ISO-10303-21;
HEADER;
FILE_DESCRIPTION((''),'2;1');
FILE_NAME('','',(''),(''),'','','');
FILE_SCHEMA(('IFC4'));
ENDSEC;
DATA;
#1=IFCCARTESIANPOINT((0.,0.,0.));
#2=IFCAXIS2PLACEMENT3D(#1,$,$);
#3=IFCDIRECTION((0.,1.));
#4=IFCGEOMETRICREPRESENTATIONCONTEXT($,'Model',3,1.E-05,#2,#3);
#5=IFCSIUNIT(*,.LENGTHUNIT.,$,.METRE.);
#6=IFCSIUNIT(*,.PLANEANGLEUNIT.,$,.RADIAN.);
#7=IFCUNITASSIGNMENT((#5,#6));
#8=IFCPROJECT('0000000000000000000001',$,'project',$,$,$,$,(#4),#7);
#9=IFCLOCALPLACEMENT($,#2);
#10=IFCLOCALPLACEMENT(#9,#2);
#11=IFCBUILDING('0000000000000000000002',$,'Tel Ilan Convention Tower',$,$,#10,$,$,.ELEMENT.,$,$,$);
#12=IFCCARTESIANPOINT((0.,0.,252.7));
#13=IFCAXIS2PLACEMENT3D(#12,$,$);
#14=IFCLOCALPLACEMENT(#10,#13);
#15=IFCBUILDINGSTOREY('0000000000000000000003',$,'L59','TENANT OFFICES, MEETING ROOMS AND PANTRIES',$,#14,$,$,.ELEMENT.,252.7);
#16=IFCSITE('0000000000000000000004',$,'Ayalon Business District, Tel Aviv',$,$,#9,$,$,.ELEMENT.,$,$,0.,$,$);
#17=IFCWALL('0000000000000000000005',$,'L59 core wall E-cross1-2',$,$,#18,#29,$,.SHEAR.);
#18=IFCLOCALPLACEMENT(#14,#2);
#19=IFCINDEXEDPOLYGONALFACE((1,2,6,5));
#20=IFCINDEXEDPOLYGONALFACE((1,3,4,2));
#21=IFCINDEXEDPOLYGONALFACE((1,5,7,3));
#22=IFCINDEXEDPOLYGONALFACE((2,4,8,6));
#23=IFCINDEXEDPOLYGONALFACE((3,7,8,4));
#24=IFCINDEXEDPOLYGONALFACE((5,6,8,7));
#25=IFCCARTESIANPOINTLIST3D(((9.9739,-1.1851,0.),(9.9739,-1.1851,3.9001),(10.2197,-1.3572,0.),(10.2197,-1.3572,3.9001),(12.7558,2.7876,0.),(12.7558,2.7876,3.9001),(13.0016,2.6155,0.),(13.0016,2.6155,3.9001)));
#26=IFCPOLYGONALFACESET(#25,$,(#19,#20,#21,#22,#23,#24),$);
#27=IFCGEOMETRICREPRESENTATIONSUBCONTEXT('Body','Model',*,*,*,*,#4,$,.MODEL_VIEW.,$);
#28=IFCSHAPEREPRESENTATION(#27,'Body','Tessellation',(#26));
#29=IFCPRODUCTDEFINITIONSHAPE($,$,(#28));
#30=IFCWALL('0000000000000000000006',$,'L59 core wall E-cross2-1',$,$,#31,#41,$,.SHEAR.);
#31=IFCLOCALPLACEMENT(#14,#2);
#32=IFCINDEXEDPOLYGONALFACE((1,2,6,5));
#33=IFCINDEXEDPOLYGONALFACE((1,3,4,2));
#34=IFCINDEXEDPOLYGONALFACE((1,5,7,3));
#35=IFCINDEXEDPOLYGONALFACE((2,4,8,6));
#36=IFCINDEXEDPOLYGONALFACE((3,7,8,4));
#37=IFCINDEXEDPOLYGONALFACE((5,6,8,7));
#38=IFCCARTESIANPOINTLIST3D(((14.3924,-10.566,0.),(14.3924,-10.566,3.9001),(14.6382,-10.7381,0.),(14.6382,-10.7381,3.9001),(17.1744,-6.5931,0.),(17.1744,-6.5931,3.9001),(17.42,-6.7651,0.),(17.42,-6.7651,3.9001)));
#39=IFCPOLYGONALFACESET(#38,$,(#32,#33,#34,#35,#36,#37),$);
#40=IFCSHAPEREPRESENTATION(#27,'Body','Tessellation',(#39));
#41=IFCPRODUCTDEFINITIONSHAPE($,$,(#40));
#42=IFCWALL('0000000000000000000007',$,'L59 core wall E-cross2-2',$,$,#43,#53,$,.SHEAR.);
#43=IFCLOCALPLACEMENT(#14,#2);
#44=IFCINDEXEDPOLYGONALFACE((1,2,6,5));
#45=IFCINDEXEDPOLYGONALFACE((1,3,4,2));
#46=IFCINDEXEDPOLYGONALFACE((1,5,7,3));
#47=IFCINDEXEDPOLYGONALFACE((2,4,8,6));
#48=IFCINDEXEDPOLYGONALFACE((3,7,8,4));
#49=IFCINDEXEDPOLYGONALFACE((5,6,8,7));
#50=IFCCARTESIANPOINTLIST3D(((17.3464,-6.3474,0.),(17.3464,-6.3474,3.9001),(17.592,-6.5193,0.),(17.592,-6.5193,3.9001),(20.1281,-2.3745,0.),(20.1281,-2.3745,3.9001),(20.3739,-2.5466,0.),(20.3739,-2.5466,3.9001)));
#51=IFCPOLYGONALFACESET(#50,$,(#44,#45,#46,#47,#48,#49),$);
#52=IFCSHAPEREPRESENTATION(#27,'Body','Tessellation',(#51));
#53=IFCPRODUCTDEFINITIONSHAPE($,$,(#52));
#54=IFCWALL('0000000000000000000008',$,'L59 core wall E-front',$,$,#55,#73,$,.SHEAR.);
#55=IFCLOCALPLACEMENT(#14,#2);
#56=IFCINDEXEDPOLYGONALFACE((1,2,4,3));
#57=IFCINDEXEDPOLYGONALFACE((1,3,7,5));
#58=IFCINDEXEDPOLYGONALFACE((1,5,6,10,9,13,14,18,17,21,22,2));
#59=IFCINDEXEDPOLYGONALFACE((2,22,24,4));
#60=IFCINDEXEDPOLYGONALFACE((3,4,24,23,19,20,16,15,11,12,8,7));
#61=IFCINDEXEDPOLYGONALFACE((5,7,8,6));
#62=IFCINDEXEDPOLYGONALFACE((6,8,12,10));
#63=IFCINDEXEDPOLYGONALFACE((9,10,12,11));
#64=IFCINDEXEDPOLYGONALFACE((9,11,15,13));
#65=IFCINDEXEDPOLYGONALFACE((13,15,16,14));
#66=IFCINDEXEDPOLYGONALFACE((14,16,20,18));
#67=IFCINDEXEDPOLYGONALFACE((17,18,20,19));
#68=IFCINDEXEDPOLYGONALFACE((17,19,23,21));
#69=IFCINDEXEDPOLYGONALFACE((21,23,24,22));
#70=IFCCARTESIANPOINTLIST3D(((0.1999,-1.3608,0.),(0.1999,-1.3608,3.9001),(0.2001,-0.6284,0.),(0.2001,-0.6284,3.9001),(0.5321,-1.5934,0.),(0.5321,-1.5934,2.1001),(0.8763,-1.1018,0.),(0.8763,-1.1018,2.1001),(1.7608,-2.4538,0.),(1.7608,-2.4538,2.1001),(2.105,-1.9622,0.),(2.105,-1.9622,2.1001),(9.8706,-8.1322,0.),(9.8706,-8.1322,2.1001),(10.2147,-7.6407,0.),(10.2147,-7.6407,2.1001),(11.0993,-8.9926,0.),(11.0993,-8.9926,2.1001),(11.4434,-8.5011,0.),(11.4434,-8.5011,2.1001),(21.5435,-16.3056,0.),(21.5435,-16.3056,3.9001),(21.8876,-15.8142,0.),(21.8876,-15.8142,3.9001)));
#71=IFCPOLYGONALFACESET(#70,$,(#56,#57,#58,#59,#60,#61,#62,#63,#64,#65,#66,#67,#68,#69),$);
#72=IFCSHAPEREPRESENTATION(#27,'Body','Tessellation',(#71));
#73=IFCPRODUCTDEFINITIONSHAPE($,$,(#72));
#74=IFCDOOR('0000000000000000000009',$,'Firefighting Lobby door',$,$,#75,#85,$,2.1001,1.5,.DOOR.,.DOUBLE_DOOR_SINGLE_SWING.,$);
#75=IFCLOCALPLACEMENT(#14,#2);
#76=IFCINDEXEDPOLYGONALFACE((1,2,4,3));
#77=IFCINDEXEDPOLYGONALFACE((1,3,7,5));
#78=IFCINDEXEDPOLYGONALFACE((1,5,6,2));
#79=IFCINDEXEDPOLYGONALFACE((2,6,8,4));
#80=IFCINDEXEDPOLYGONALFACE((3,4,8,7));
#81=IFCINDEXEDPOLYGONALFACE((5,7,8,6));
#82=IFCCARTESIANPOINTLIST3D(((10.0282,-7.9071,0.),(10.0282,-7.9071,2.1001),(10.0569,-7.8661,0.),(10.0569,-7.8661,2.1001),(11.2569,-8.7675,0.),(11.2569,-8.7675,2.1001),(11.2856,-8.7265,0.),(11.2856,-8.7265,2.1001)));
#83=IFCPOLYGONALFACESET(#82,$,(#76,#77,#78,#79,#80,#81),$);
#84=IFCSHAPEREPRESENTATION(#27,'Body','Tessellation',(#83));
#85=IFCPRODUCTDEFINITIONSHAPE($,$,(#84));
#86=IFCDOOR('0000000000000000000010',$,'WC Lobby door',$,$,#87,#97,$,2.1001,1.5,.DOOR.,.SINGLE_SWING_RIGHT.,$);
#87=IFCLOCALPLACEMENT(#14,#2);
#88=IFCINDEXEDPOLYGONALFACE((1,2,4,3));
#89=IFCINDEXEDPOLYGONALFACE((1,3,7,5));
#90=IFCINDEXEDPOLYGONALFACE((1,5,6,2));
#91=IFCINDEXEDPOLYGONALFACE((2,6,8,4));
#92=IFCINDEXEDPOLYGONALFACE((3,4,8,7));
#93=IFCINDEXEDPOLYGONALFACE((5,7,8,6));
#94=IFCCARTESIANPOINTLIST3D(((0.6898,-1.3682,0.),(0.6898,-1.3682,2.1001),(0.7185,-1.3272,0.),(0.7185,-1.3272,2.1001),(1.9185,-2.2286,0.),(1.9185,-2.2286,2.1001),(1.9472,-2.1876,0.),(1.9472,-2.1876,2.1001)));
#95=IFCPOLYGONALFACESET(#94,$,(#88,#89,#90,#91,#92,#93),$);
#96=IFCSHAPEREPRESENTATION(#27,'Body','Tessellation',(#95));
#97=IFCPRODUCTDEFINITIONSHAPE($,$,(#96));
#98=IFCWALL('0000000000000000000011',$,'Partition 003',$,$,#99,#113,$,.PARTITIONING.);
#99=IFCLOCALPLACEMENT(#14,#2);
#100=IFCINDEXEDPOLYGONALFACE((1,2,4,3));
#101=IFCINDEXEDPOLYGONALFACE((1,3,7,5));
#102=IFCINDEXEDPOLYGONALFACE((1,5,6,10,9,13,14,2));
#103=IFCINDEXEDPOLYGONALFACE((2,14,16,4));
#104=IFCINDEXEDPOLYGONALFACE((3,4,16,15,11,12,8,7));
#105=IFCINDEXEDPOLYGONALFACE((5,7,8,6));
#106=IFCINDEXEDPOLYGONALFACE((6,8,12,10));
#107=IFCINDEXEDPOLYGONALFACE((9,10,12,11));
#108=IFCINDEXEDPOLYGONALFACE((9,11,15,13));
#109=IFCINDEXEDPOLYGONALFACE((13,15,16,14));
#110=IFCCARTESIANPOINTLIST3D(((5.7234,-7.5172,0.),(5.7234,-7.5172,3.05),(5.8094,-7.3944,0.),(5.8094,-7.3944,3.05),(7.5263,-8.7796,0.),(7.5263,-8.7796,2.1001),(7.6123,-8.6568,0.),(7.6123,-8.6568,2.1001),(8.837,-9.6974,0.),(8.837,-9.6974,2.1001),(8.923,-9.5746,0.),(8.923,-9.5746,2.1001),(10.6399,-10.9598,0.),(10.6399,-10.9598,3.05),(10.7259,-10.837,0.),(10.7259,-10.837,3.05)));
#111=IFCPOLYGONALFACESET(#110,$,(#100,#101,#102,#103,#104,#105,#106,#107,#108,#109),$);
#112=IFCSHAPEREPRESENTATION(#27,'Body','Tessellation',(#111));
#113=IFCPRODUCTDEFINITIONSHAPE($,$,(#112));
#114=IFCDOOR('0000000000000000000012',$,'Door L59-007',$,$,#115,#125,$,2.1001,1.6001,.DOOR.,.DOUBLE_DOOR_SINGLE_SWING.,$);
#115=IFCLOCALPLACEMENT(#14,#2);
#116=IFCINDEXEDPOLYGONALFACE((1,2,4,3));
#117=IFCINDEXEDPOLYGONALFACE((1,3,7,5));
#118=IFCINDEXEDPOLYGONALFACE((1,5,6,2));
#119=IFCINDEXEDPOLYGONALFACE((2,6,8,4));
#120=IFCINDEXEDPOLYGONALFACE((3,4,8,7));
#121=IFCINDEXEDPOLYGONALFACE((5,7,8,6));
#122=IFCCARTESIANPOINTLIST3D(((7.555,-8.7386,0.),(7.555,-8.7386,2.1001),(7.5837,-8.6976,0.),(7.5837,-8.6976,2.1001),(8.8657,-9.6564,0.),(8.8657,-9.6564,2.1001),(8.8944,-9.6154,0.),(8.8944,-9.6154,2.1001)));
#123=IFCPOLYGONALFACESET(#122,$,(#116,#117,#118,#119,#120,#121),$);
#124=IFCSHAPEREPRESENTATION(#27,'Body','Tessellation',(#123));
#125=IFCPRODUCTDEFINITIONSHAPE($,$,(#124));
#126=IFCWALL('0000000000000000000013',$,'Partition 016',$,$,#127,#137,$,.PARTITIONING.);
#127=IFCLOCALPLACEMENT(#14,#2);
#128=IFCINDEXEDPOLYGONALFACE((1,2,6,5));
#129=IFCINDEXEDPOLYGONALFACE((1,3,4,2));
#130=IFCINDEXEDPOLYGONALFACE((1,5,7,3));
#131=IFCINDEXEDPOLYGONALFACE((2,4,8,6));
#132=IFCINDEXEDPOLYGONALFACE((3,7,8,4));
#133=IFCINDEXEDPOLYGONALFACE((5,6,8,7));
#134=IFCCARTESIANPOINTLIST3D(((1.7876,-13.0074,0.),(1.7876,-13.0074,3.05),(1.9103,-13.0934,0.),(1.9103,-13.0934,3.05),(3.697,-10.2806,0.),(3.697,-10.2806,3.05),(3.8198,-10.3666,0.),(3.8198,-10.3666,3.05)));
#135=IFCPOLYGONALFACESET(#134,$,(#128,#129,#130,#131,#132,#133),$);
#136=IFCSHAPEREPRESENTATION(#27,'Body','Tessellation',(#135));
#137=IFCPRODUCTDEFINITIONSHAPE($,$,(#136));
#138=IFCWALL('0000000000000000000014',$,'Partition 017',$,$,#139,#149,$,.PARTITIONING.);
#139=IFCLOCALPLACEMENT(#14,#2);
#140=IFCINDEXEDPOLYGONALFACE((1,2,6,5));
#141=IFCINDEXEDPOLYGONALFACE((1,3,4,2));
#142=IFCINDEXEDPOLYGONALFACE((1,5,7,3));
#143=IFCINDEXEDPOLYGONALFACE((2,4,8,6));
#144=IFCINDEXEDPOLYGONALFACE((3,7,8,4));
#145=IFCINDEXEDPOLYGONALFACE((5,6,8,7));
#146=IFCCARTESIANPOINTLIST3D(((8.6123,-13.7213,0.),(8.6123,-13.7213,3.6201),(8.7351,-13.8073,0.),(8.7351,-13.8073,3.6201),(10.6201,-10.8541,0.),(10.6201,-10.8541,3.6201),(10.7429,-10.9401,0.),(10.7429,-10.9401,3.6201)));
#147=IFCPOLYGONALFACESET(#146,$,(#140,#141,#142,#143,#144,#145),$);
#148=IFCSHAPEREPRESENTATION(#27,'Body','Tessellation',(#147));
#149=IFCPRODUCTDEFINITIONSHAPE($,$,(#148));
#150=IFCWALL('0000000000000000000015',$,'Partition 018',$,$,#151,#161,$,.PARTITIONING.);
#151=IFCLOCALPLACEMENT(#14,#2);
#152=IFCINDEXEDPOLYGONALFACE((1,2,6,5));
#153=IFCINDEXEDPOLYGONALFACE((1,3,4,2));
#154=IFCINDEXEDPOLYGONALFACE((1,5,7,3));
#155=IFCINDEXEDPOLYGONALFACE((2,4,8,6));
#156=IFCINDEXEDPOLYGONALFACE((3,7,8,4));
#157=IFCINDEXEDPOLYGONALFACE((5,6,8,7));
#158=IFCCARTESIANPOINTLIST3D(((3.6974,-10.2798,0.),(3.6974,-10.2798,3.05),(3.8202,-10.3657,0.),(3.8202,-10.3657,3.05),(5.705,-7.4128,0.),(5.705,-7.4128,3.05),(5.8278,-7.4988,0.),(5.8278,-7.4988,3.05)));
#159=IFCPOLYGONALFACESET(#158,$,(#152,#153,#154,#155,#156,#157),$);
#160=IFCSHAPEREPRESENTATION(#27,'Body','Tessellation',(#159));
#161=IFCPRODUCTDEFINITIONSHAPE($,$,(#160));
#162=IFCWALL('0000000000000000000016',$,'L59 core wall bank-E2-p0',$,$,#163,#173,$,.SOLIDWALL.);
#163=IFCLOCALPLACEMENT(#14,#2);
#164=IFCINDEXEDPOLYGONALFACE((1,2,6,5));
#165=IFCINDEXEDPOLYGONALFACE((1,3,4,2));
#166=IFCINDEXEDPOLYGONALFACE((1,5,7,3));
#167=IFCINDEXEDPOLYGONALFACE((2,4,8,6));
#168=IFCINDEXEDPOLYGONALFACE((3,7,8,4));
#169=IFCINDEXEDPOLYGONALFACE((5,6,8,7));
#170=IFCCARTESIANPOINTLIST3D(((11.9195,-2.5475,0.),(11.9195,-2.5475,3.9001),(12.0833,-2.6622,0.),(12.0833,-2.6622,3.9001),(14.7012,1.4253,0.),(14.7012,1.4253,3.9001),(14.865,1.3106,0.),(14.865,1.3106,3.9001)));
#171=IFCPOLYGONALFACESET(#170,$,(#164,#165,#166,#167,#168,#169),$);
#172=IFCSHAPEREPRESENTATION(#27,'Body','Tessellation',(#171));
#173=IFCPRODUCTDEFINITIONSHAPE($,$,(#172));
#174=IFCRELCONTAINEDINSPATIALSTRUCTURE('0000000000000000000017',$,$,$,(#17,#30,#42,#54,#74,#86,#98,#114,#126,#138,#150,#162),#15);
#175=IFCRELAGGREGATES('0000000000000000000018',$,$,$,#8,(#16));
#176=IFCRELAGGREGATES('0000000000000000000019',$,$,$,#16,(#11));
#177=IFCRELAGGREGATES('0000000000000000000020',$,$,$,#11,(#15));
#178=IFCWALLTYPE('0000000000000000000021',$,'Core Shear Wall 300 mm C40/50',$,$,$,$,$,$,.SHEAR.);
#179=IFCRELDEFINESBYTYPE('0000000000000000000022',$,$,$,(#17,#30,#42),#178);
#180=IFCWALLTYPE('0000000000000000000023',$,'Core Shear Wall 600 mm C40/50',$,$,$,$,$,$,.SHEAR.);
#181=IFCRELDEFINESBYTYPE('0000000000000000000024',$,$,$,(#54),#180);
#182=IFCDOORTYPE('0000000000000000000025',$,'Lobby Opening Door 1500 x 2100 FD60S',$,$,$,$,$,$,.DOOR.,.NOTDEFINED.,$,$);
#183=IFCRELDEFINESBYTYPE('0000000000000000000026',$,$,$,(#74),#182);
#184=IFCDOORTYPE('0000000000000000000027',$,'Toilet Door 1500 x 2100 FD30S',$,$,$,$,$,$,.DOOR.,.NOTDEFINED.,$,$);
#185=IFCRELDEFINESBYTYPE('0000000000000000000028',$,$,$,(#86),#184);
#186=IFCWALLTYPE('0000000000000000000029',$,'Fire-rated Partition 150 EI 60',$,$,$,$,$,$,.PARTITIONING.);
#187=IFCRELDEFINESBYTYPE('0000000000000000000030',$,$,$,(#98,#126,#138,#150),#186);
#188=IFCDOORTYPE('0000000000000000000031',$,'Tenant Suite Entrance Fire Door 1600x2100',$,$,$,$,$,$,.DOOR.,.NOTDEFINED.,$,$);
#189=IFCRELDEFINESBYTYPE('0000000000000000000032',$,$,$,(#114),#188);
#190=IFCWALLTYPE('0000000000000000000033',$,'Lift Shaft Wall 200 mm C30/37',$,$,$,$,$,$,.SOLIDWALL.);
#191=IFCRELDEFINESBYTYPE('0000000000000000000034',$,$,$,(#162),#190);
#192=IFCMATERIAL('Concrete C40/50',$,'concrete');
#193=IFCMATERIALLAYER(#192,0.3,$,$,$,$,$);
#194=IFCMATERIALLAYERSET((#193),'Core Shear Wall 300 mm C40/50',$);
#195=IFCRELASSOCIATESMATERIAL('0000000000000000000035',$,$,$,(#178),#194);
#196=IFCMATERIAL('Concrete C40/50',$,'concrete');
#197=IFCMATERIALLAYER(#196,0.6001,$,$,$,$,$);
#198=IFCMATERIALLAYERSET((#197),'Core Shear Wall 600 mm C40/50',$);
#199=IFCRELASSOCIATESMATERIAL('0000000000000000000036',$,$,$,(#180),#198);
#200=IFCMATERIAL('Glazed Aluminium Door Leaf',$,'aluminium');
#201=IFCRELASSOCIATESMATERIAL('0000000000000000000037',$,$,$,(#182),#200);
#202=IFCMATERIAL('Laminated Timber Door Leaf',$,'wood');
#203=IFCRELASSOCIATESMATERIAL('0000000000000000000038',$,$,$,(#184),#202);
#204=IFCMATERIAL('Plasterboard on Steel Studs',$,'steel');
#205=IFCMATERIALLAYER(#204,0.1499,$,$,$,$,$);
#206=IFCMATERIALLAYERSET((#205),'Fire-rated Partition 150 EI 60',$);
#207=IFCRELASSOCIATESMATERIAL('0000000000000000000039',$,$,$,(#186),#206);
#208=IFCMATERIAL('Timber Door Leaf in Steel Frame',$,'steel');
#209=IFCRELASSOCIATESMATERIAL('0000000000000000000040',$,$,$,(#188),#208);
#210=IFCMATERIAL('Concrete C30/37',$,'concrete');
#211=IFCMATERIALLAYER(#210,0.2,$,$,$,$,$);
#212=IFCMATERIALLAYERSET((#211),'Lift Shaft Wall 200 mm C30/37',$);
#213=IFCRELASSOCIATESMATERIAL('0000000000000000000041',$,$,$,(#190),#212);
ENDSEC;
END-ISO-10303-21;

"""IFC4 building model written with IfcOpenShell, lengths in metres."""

from ifc_helpers import new_model, si_unit, direction, frame, frame_2d, origin, place, context, subcontext, project, spatial, polyline, rectangle, outline, extrude, material, layer, layer_set, type_object, element, fill, save


model = new_model("IFC4")

# Units and contexts
model_context = context("Model", 3, precision=1e-05, world=origin(), true_north=direction((0.0, 1.0)))
body_context = subcontext(model_context, "Body", "Model", "MODEL_VIEW")
ifc_project = project(units=[si_unit("LENGTHUNIT", "METRE"), si_unit("PLANEANGLEUNIT", "RADIAN")], contexts=[model_context])

# Site, building, storey
site_placement = place(None, origin())
site = spatial("IfcSite", under=ifc_project, at=site_placement, Name="Ayalon Business District, Tel Aviv", CompositionType="ELEMENT", RefElevation=0.0)
building_placement = place(site_placement, origin())
building = spatial("IfcBuilding", under=site, at=building_placement, Name="Tel Ilan Convention Tower", CompositionType="ELEMENT")
storey_placement = place(building_placement, frame((0.0, 0.0, 252.7)))
storey = spatial("IfcBuildingStorey", under=building, at=storey_placement, Name="L59", Description="TENANT OFFICES, MEETING ROOMS AND PANTRIES", CompositionType="ELEMENT", Elevation=252.7)

# Walls
ifc_material_1 = material(Name="Concrete C40/50", Category="concrete")
ifc_layer_1 = layer(ifc_material_1, 0.3)
ifc_layer_set_1 = layer_set([ifc_layer_1], Name="Core Shear Wall 300 mm C40/50")
wall_type_1 = type_object("IfcWallType", Name="Core Shear Wall 300 mm C40/50", PredefinedType="SHEAR", material=ifc_layer_set_1)
wall_1_placement = place(storey_placement, frame((10.0969, -1.2712, 0.0), z_axis=(0.0, 0.0, 1.0), x_axis=(0.57356, 0.819163, 0.0)))
element("IfcWall", 1, at=wall_1_placement, inside=storey, type_object=wall_type_1, Name="L59 core wall E-cross1-2", PredefinedType="SHEAR", context=body_context, shape_type="SweptSolid", body=[
    extrude(outline(polyline([(4.8499, -0.1501), (4.8499, 0.1499), (0.0, 0.1501), (0.0, -0.1499), (4.8499, -0.1501)])), origin(), (0.0, 0.0, 1.0), 3.9001),
])
wall_2_placement = place(storey_placement, frame((14.5154, -10.6521, 0.0), z_axis=(0.0, 0.0, 1.0), x_axis=(0.57356, 0.819163, 0.0)))
element("IfcWall", 2, at=wall_2_placement, inside=storey, type_object=wall_type_1, Name="L59 core wall E-cross2-1", PredefinedType="SHEAR", context=body_context, shape_type="SweptSolid", body=[
    extrude(outline(polyline([(0.0, 0.1501), (0.0, -0.1499), (4.8501, -0.1499), (4.8501, 0.1499), (0.0, 0.1501)])), origin(), (0.0, 0.0, 1.0), 3.9001),
])
wall_3_placement = place(storey_placement, frame((17.4692, -6.4333, 0.0), z_axis=(0.0, 0.0, 1.0), x_axis=(0.573594, 0.81914, 0.0)))
element("IfcWall", 3, at=wall_3_placement, inside=storey, type_object=wall_type_1, Name="L59 core wall E-cross2-2", PredefinedType="SHEAR", context=body_context, shape_type="SweptSolid", body=[
    extrude(outline(polyline([(4.8499, -0.1499), (4.8499, 0.1501), (0.0, 0.1499), (0.0, -0.1499), (4.8499, -0.1499)])), origin(), (0.0, 0.0, 1.0), 3.9001),
])

# Wall, openings, doors
ifc_material_2 = material(Name="Concrete C40/50", Category="concrete")
ifc_layer_2 = layer(ifc_material_2, 0.6001)
ifc_layer_set_2 = layer_set([ifc_layer_2], Name="Core Shear Wall 600 mm C40/50")
wall_type_2 = type_object("IfcWallType", Name="Core Shear Wall 600 mm C40/50", PredefinedType="SHEAR", material=ifc_layer_set_2)
wall_4_placement = place(storey_placement, frame((0.0278, -0.874, 0.0), z_axis=(0.0, 0.0, 1.0), x_axis=(0.81915, -0.573579, 0.0)))
wall_4 = element("IfcWall", 4, at=wall_4_placement, inside=storey, type_object=wall_type_2, Name="L59 core wall E-front", PredefinedType="SHEAR", context=body_context, shape_type="SweptSolid", body=[
    extrude(outline(polyline([(26.4758, 0.3), (0.0002, 0.3), (0.4202, -0.3), (26.4758, -0.2998), (26.4758, 0.3)])), origin(), (0.0, 0.0, 1.0), 3.9001),
])
opening_1_placement = place(wall_4_placement, frame((0.8257, 0.0, 0.0)))
opening_1 = element("IfcOpeningElement", 5, at=opening_1_placement, cuts=wall_4, PredefinedType="OPENING", context=body_context, shape_type="SweptSolid", body=[
    extrude(rectangle(XDim=1.5, YDim=2.1001, at=frame_2d((0.75, 1.05))), frame((0.0, 0.3101, 0.0), z_axis=(0.0, -1.0, 0.0), x_axis=(1.0, 0.0, 0.0)), (0.0, 0.0, 1.0), 0.6201),
])
opening_2_placement = place(wall_4_placement, frame((12.2258, 0.0, 0.0)))
opening_2 = element("IfcOpeningElement", 6, at=opening_2_placement, cuts=wall_4, PredefinedType="OPENING", context=body_context, shape_type="SweptSolid", body=[
    extrude(rectangle(XDim=1.5, YDim=2.1001, at=frame_2d((0.75, 1.05))), frame((0.0, 0.3101, 0.0), z_axis=(0.0, -1.0, 0.0), x_axis=(1.0, 0.0, 0.0)), (0.0, 0.0, 1.0), 0.6201),
])
ifc_material_3 = material(Name="Glazed Aluminium Door Leaf", Category="aluminium")
door_type_1 = type_object("IfcDoorType", Name="Lobby Opening Door 1500 x 2100 FD60S", OperationType="NOTDEFINED", PredefinedType="DOOR", material=ifc_material_3)
door_1_placement = place(opening_2_placement, origin())
door_1 = element("IfcDoor", 7, at=door_1_placement, inside=storey, type_object=door_type_1, Name="Firefighting Lobby door", OperationType="DOUBLE_DOOR_SINGLE_SWING", OverallHeight=2.1001, OverallWidth=1.5, PredefinedType="DOOR", context=body_context, shape_type="SweptSolid", body=[
    extrude(rectangle(XDim=1.5, YDim=2.1001, at=frame_2d((0.75, 1.05))), frame((0.0, 0.0249, 0.0), z_axis=(0.0, -1.0, 0.0), x_axis=(1.0, 0.0, 0.0)), (0.0, 0.0, 1.0), 0.05),
])
fill(opening_2, door_1)
ifc_material_4 = material(Name="Laminated Timber Door Leaf", Category="wood")
door_type_2 = type_object("IfcDoorType", Name="Toilet Door 1500 x 2100 FD30S", OperationType="NOTDEFINED", PredefinedType="DOOR", material=ifc_material_4)
door_2_placement = place(opening_1_placement, origin())
door_2 = element("IfcDoor", 8, at=door_2_placement, inside=storey, type_object=door_type_2, Name="WC Lobby door", OperationType="SINGLE_SWING_RIGHT", OverallHeight=2.1001, OverallWidth=1.5, PredefinedType="DOOR", context=body_context, shape_type="SweptSolid", body=[
    extrude(rectangle(XDim=1.5, YDim=2.1001, at=frame_2d((0.75, 1.05))), frame((0.0, 0.0249, 0.0), z_axis=(0.0, -1.0, 0.0), x_axis=(1.0, 0.0, 0.0)), (0.0, 0.0, 1.0), 0.05),
])
fill(opening_1, door_2)

# Wall, opening, door
ifc_material_5 = material(Name="Plasterboard on Steel Studs", Category="steel")
ifc_layer_3 = layer(ifc_material_5, 0.1499)
ifc_layer_set_3 = layer_set([ifc_layer_3], Name="Fire-rated Partition 150 EI 60")
wall_type_3 = type_object("IfcWallType", Name="Fire-rated Partition 150 EI 60", PredefinedType="PARTITIONING", material=ifc_layer_set_3)
wall_5_placement = place(storey_placement, frame((10.6829, -10.8984, 0.0), z_axis=(0.0, 0.0, 1.0), x_axis=(-0.819148, 0.573582, 0.0)))
wall_5 = element("IfcWall", 9, at=wall_5_placement, inside=storey, type_object=wall_type_3, Name="Partition 003", PredefinedType="PARTITIONING", context=body_context, shape_type="SweptSolid", body=[
    extrude(rectangle(XDim=6.002, YDim=0.1499, at=frame_2d((3.001, 0.0))), origin(), (0.0, 0.0, 1.0), 3.05),
])
opening_3_placement = place(wall_5_placement, frame((2.2009, 0.0, 0.0)))
opening_3 = element("IfcOpeningElement", 10, at=opening_3_placement, cuts=wall_5, PredefinedType="OPENING", context=body_context, shape_type="SweptSolid", body=[
    extrude(rectangle(XDim=1.6001, YDim=2.1001, at=frame_2d((0.8, 1.05))), frame((0.0, 0.085, 0.0), z_axis=(0.0, -1.0, 0.0), x_axis=(1.0, 0.0, 0.0)), (0.0, 0.0, 1.0), 0.1699),
])
ifc_material_6 = material(Name="Timber Door Leaf in Steel Frame", Category="steel")
door_type_3 = type_object("IfcDoorType", Name="Tenant Suite Entrance Fire Door 1600x2100", OperationType="NOTDEFINED", PredefinedType="DOOR", material=ifc_material_6)
door_3_placement = place(opening_3_placement, origin())
door_3 = element("IfcDoor", 11, at=door_3_placement, inside=storey, type_object=door_type_3, Name="Door L59-007", OperationType="DOUBLE_DOOR_SINGLE_SWING", OverallHeight=2.1001, OverallWidth=1.6001, PredefinedType="DOOR", context=body_context, shape_type="SweptSolid", body=[
    extrude(rectangle(XDim=1.6001, YDim=2.1001, at=frame_2d((0.8, 1.05))), frame((0.0, 0.0249, 0.0), z_axis=(0.0, -1.0, 0.0), x_axis=(1.0, 0.0, 0.0)), (0.0, 0.0, 1.0), 0.05),
])
fill(opening_3, door_3)

# Walls
wall_6_placement = place(storey_placement, frame((1.8489, -13.0505, 0.0), z_axis=(0.0, 0.0, 1.0), x_axis=(0.573595, 0.819139, 0.0)))
element("IfcWall", 12, at=wall_6_placement, inside=storey, type_object=wall_type_3, Name="Partition 016", PredefinedType="PARTITIONING", context=body_context, shape_type="SweptSolid", body=[
    extrude(rectangle(XDim=3.3289, YDim=0.1499, at=frame_2d((1.6646, 0.0))), origin(), (0.0, 0.0, 1.0), 3.05),
])
wall_7_placement = place(storey_placement, frame((10.6814, -10.8972, 0.0), z_axis=(0.0, 0.0, 1.0), x_axis=(-0.573612, -0.819127, 0.0)))
element("IfcWall", 13, at=wall_7_placement, inside=storey, type_object=wall_type_3, Name="Partition 017", PredefinedType="PARTITIONING", context=body_context, shape_type="SweptSolid", body=[
    extrude(rectangle(XDim=3.5002, YDim=0.1499, at=frame_2d((1.75, 0.0))), origin(), (0.0, 0.0, 1.0), 3.6201),
])
wall_8_placement = place(storey_placement, frame((3.7588, -10.3228, 0.0), z_axis=(0.0, 0.0, 1.0), x_axis=(0.573598, 0.819137, 0.0)))
element("IfcWall", 14, at=wall_8_placement, inside=storey, type_object=wall_type_3, Name="Partition 018", PredefinedType="PARTITIONING", context=body_context, shape_type="SweptSolid", body=[
    extrude(rectangle(XDim=3.5, YDim=0.1499, at=frame_2d((1.75, 0.0))), origin(), (0.0, 0.0, 1.0), 3.05),
])
ifc_material_7 = material(Name="Concrete C30/37", Category="concrete")
ifc_layer_4 = layer(ifc_material_7, 0.2)
ifc_layer_set_4 = layer_set([ifc_layer_4], Name="Lift Shaft Wall 200 mm C30/37")
wall_type_4 = type_object("IfcWallType", Name="Lift Shaft Wall 200 mm C30/37", PredefinedType="SOLIDWALL", material=ifc_layer_set_4)
wall_9_placement = place(storey_placement, frame((12.0015, -2.6047, 0.0), z_axis=(0.0, 0.0, 1.0), x_axis=(0.57356, 0.819163, 0.0)))
element("IfcWall", 15, at=wall_9_placement, inside=storey, type_object=wall_type_4, Name="L59 core wall bank-E2-p0", PredefinedType="SOLIDWALL", context=body_context, shape_type="SweptSolid", body=[
    extrude(rectangle(XDim=4.8499, YDim=0.2, at=frame_2d((2.4248, 0.0))), origin(), (0.0, 0.0, 1.0), 3.9001),
])

save(model, "model.ifc")
